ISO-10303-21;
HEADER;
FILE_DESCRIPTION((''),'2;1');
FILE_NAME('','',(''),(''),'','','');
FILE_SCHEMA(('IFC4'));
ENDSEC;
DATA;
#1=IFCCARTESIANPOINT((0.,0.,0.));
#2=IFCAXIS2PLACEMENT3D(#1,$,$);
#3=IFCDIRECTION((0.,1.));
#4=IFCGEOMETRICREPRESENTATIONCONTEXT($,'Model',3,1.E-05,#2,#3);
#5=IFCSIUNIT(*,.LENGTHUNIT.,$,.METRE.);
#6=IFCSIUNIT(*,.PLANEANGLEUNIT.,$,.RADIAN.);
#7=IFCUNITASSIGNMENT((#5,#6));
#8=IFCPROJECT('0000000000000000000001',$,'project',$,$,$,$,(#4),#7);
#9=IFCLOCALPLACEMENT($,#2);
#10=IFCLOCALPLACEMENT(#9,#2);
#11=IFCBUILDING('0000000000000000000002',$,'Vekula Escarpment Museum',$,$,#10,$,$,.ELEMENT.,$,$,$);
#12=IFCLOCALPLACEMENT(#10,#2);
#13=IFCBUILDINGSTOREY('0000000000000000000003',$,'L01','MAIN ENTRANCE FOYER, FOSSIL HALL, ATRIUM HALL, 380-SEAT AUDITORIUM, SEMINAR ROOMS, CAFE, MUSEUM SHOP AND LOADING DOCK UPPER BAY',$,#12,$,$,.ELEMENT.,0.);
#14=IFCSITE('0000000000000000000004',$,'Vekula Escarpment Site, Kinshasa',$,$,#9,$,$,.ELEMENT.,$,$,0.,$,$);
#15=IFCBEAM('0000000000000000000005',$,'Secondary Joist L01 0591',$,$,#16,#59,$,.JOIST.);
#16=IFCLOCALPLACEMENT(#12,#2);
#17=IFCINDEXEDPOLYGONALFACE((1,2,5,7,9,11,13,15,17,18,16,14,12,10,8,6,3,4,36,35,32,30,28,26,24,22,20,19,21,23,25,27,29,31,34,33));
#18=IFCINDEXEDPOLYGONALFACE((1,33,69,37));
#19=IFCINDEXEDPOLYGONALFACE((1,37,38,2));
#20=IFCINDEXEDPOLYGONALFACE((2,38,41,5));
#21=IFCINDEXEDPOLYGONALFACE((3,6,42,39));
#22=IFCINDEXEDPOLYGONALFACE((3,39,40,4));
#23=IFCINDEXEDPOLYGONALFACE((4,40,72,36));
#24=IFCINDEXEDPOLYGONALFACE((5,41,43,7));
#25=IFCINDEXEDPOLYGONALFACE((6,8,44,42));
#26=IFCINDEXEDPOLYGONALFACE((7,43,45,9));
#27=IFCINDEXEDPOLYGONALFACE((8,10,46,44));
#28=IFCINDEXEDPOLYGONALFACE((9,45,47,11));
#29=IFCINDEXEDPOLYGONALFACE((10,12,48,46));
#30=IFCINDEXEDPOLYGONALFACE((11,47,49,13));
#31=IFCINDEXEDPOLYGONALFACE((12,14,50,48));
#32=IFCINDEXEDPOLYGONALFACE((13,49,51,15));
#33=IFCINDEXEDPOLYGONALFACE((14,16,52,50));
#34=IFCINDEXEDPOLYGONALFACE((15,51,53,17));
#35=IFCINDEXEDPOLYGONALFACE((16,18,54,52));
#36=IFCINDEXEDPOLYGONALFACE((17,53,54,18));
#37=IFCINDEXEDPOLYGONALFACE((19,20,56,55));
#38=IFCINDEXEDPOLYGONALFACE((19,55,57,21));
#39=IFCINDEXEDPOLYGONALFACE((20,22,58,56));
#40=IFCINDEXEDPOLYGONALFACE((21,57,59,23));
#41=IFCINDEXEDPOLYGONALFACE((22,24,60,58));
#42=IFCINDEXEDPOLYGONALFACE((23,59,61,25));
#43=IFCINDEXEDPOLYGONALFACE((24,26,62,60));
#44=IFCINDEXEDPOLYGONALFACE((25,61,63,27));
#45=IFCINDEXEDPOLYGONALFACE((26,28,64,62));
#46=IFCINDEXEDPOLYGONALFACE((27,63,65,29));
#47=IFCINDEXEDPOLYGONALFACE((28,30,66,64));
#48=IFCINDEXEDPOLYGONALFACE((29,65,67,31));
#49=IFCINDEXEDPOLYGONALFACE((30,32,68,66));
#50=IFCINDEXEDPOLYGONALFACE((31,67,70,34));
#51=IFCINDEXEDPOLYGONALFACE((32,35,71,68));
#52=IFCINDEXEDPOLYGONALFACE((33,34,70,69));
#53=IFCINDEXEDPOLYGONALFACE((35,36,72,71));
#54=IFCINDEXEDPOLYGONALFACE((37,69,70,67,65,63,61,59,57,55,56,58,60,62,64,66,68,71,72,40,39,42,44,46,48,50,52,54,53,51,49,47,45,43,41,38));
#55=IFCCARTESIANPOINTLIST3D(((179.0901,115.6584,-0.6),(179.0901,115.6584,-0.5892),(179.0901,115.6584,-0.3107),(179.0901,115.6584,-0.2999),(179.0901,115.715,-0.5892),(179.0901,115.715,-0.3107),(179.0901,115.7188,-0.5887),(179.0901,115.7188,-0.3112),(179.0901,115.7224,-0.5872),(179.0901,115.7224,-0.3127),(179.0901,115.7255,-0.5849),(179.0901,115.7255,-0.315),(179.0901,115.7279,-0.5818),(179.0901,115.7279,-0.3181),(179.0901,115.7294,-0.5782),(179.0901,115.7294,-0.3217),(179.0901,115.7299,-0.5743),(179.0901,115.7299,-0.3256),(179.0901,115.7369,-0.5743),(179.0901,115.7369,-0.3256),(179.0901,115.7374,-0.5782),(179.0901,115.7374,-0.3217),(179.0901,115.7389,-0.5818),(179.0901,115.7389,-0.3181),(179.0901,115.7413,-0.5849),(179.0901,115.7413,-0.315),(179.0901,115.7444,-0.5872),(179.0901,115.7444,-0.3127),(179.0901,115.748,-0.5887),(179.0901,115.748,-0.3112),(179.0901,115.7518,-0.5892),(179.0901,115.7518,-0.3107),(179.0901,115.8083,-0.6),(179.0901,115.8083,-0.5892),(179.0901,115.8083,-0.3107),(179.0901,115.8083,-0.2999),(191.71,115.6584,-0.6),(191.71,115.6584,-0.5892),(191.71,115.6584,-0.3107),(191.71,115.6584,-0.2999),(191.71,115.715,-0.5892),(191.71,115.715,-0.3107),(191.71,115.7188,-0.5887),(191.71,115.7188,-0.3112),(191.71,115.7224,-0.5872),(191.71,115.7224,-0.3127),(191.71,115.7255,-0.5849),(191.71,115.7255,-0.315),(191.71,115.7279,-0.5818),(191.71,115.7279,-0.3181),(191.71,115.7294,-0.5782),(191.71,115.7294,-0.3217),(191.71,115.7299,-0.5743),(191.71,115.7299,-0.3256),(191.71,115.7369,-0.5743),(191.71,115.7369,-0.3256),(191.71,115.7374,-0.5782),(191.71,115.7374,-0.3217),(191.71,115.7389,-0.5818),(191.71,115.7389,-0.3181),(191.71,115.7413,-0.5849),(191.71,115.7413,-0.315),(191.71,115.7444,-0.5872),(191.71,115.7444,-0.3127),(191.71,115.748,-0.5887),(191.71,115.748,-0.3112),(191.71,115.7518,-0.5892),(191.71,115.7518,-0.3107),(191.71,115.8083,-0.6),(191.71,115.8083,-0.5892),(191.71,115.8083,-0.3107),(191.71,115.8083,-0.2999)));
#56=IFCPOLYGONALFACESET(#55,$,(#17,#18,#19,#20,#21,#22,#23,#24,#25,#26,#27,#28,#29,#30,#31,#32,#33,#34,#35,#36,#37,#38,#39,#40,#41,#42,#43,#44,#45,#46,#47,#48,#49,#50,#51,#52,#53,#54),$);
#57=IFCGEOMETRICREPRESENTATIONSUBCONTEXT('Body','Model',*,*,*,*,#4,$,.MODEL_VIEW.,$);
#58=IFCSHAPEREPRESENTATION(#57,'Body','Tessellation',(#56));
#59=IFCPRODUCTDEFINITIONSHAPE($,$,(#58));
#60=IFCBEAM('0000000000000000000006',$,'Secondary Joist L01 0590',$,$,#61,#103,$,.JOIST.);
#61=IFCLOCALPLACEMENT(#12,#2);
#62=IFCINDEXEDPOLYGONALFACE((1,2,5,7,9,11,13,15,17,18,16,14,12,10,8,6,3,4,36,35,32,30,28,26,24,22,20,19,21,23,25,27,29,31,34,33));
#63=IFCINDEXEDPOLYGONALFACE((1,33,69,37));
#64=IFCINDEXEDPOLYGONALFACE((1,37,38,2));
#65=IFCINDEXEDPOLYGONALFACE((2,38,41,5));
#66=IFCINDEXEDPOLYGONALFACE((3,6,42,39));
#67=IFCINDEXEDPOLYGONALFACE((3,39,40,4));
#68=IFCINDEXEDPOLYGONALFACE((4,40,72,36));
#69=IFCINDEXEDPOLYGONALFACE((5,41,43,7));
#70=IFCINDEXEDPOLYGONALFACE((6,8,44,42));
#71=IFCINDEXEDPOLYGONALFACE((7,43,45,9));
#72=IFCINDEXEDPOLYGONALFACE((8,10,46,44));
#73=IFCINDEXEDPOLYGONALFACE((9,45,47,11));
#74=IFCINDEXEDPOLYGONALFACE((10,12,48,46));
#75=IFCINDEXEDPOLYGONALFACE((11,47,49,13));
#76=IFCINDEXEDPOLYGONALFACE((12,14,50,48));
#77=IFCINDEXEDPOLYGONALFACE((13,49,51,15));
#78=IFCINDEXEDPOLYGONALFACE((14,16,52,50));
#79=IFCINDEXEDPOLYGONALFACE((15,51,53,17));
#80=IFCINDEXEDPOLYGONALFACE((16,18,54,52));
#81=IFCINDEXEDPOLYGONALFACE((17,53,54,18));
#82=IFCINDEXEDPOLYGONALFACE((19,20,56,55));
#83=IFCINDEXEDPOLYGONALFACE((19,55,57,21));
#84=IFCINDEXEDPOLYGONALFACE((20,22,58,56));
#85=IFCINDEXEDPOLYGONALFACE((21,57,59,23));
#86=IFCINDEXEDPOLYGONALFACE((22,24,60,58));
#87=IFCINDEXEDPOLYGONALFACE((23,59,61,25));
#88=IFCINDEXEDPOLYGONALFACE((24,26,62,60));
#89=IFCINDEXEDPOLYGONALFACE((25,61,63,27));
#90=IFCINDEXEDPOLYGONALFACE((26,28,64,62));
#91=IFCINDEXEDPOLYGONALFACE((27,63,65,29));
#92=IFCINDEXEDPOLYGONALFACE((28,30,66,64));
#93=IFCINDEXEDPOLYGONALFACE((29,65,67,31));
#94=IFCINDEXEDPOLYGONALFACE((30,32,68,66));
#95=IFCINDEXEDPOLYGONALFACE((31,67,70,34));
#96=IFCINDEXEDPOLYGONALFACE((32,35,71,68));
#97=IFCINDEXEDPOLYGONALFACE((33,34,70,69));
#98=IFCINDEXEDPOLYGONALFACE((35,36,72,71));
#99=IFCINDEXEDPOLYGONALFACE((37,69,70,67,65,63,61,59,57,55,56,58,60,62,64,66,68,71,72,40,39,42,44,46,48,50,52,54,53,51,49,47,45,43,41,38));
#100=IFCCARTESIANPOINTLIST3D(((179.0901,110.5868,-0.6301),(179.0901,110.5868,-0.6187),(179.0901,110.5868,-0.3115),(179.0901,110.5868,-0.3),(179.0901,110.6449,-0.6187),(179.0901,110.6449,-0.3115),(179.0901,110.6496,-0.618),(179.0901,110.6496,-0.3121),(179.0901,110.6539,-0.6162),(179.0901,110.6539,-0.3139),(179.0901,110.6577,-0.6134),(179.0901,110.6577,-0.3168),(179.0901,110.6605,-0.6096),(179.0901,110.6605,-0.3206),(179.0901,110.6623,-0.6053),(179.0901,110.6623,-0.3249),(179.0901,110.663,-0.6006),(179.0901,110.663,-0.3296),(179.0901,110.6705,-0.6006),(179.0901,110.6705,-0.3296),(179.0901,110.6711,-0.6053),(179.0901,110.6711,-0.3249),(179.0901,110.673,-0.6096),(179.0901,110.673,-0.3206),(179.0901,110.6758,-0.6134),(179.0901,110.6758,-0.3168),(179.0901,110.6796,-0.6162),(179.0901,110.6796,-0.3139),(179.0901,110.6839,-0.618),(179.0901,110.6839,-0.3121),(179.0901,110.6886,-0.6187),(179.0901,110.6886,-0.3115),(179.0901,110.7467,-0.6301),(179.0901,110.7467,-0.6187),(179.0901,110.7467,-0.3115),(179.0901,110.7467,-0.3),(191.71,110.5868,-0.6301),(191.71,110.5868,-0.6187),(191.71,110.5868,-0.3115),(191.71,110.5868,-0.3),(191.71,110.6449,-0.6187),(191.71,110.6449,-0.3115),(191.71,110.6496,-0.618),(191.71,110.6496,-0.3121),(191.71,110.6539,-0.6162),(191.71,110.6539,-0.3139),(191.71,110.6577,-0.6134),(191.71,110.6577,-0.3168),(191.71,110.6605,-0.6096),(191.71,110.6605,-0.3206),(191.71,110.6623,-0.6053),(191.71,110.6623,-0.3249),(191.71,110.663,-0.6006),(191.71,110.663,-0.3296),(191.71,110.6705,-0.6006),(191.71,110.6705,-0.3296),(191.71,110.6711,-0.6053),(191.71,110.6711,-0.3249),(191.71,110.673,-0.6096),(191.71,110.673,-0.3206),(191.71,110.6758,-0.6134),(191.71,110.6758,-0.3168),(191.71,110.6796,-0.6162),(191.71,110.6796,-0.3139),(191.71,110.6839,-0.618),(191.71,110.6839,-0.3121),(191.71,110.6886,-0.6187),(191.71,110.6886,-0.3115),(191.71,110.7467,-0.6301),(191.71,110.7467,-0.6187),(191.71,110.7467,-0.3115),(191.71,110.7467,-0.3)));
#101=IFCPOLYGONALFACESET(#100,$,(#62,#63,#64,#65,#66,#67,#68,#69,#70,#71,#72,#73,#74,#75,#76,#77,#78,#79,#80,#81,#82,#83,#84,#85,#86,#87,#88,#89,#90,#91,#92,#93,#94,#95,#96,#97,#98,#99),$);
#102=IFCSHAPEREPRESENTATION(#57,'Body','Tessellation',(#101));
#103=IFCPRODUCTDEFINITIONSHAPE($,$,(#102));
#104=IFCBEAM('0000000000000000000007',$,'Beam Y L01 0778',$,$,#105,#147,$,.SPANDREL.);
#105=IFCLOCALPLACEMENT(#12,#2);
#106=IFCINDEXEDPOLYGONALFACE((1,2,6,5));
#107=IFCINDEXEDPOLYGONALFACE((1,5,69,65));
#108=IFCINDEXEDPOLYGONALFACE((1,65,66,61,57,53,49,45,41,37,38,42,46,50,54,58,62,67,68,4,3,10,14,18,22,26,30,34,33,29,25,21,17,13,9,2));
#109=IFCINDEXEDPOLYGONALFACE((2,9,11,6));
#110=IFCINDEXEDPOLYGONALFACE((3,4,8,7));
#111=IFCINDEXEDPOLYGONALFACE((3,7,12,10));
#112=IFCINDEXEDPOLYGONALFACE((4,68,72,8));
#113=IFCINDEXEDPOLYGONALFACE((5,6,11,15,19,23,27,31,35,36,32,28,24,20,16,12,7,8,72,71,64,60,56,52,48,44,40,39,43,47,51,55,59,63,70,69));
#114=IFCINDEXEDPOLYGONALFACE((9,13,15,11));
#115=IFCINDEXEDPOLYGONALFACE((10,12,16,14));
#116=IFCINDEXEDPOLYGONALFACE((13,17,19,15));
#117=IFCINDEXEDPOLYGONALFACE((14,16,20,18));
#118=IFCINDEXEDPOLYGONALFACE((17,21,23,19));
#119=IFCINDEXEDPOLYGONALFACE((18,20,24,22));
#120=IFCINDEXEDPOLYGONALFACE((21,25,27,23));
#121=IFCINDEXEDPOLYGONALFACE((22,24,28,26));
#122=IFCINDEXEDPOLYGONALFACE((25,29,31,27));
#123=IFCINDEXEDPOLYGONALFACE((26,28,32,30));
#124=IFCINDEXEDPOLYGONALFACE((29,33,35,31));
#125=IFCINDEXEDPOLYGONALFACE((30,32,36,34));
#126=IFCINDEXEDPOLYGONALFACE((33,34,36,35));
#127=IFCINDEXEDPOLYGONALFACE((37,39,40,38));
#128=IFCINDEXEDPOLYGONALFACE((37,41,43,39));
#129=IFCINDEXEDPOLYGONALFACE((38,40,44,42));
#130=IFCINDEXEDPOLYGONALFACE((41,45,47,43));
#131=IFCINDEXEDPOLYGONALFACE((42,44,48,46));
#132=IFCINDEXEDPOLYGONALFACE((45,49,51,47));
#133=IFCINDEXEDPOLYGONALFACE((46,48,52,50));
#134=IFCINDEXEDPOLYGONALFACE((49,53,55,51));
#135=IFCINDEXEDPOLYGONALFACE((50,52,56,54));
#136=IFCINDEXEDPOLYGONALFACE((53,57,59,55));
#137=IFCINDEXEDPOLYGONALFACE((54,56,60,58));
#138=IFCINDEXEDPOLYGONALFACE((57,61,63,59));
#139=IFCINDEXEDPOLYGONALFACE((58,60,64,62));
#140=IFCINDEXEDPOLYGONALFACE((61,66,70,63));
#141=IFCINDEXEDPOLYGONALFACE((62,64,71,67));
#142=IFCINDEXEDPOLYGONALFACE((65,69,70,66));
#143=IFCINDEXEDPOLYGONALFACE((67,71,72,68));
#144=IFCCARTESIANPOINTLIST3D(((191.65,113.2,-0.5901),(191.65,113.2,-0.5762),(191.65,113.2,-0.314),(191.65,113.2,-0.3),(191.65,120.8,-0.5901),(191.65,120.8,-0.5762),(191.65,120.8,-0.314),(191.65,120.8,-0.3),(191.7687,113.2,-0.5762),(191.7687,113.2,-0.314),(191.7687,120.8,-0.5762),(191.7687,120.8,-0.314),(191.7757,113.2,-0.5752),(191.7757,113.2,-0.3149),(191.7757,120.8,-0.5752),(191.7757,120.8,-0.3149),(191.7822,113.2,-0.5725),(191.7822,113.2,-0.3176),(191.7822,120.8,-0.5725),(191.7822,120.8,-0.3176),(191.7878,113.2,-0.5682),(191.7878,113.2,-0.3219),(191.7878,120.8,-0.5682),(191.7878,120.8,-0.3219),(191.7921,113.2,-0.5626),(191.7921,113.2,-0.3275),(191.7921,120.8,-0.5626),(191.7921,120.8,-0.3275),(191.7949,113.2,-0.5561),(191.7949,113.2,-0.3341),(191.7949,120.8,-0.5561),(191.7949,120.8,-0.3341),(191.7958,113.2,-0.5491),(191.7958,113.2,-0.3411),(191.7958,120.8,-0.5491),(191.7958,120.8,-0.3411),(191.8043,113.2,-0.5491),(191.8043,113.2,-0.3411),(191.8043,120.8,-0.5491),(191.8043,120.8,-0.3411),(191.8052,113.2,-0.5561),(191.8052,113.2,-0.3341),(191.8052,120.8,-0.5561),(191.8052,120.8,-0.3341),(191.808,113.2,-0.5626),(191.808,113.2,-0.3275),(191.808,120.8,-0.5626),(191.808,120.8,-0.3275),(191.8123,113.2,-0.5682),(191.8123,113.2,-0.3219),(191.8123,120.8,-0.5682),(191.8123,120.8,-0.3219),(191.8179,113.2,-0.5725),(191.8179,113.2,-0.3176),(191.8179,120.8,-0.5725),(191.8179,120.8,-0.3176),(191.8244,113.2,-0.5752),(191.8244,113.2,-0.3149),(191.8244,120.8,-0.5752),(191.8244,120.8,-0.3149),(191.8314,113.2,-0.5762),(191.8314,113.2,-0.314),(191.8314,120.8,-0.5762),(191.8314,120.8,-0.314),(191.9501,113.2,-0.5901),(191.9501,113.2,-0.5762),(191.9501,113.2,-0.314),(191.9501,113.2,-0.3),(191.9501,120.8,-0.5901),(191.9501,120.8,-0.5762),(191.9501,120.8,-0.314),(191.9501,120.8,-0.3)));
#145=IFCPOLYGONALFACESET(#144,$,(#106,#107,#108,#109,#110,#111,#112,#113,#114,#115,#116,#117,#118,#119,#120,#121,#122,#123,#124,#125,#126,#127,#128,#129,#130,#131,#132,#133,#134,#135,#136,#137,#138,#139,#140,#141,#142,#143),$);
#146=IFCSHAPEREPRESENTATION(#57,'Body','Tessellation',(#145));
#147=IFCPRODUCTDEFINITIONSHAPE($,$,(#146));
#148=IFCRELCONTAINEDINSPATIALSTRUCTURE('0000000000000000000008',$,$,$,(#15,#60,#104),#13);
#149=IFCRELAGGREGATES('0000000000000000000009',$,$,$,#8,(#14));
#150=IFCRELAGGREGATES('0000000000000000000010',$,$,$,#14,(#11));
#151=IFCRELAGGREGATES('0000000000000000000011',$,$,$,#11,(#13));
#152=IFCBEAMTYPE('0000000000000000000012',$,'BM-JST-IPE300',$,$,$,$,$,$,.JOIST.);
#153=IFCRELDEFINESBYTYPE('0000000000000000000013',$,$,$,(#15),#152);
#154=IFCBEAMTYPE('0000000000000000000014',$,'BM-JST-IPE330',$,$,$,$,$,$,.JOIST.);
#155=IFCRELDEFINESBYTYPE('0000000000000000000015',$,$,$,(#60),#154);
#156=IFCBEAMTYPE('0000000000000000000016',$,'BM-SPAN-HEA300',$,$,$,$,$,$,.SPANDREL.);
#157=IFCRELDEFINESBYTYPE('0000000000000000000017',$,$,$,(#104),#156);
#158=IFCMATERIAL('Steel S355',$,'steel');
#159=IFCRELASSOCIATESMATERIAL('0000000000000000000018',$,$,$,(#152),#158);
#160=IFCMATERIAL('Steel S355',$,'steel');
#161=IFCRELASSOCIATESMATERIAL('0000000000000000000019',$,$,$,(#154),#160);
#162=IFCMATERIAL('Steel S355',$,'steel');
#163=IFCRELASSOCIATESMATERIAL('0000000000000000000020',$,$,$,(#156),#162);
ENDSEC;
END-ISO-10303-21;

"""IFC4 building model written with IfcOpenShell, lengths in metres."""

from ifc_helpers import new_model, si_unit, direction, frame, origin, origin_2d, place, context, subcontext, project, spatial, i_section, extrude, material, material_profile, profile_set, type_object, element, save


model = new_model("IFC4")

# Units and contexts
model_context = context("Model", 3, precision=1e-05, world=origin(), true_north=direction((0.0, 1.0)))
body_context = subcontext(model_context, "Body", "Model", "MODEL_VIEW")
ifc_project = project(units=[si_unit("LENGTHUNIT", "METRE"), si_unit("PLANEANGLEUNIT", "RADIAN")], contexts=[model_context])

# Site, building, storey
site_placement = place(None, origin())
site = spatial("IfcSite", under=ifc_project, at=site_placement, Name="Vekula Escarpment Site, Kinshasa", CompositionType="ELEMENT", RefElevation=0.0)
building_placement = place(site_placement, origin())
building = spatial("IfcBuilding", under=site, at=building_placement, Name="Vekula Escarpment Museum", CompositionType="ELEMENT")
storey_placement = place(building_placement, origin())
storey = spatial("IfcBuildingStorey", under=building, at=storey_placement, Name="L01", Description="MAIN ENTRANCE FOYER, FOSSIL HALL, ATRIUM HALL, 380-SEAT AUDITORIUM, SEMINAR ROOMS, CAFE, MUSEUM SHOP AND LOADING DOCK UPPER BAY", CompositionType="ELEMENT", Elevation=0.0)

# Beams
ifc_material_1 = material(Name="Steel S355", Category="steel")
ifc_material_profile_1 = material_profile(ifc_material_1, i_section(OverallWidth=0.1499, OverallDepth=0.3, WebThickness=0.0071, FlangeThickness=0.0107, FilletRadius=0.0149, at=origin_2d()), Name="IPE 300")
ifc_profile_set_1 = profile_set([ifc_material_profile_1], Name="Steel S355")
beam_type_1 = type_object("IfcBeamType", Name="BM-JST-IPE300", PredefinedType="JOIST", material=ifc_profile_set_1)
beam_1_placement = place(storey_placement, frame((179.0901, 115.7334, -0.45), z_axis=(1.0, 0.0, 0.0), x_axis=(0.0, 1.0, 0.0)))
element("IfcBeam", 1, at=beam_1_placement, inside=storey, type_object=beam_type_1, Name="Secondary Joist L01 0591", PredefinedType="JOIST", context=body_context, shape_type="SweptSolid", body=[
    extrude(i_section(OverallWidth=0.1499, OverallDepth=0.3, WebThickness=0.0071, FlangeThickness=0.0107, FilletRadius=0.0149, at=origin_2d()), origin(), (0.0, 0.0, 1.0), 12.6199),
])
ifc_material_2 = material(Name="Steel S355", Category="steel")
ifc_material_profile_2 = material_profile(ifc_material_2, i_section(OverallWidth=0.1599, OverallDepth=0.3301, WebThickness=0.0076, FlangeThickness=0.0115, FilletRadius=0.0181, at=origin_2d()), Name="IPE 330")
ifc_profile_set_2 = profile_set([ifc_material_profile_2], Name="Steel S355")
beam_type_2 = type_object("IfcBeamType", Name="BM-JST-IPE330", PredefinedType="JOIST", material=ifc_profile_set_2)
beam_2_placement = place(storey_placement, frame((179.0901, 110.6667, -0.4651), z_axis=(1.0, 0.0, 0.0), x_axis=(0.0, 1.0, 0.0)))
element("IfcBeam", 2, at=beam_2_placement, inside=storey, type_object=beam_type_2, Name="Secondary Joist L01 0590", PredefinedType="JOIST", context=body_context, shape_type="SweptSolid", body=[
    extrude(i_section(OverallWidth=0.1599, OverallDepth=0.3301, WebThickness=0.0076, FlangeThickness=0.0115, FilletRadius=0.0181, at=origin_2d()), origin(), (0.0, 0.0, 1.0), 12.6199),
])
ifc_material_3 = material(Name="Steel S355", Category="steel")
ifc_material_profile_3 = material_profile(ifc_material_3, i_section(OverallWidth=0.3, OverallDepth=0.29, WebThickness=0.0085, FlangeThickness=0.0139, FilletRadius=0.0271, at=origin_2d()), Name="HEA 300")
ifc_profile_set_3 = profile_set([ifc_material_profile_3], Name="Steel S355")
beam_type_3 = type_object("IfcBeamType", Name="BM-SPAN-HEA300", PredefinedType="SPANDREL", material=ifc_profile_set_3)
beam_3_placement = place(storey_placement, frame((191.8, 113.2, -0.4451), z_axis=(0.0, 1.0, 0.0), x_axis=(-1.0, 0.0, 0.0)))
element("IfcBeam", 3, at=beam_3_placement, inside=storey, type_object=beam_type_3, Name="Beam Y L01 0778", PredefinedType="SPANDREL", context=body_context, shape_type="SweptSolid", body=[
    extrude(i_section(OverallWidth=0.3, OverallDepth=0.29, WebThickness=0.0085, FlangeThickness=0.0139, FilletRadius=0.0271, at=origin_2d()), origin(), (0.0, 0.0, 1.0), 7.6001),
])

save(model, "model.ifc")
